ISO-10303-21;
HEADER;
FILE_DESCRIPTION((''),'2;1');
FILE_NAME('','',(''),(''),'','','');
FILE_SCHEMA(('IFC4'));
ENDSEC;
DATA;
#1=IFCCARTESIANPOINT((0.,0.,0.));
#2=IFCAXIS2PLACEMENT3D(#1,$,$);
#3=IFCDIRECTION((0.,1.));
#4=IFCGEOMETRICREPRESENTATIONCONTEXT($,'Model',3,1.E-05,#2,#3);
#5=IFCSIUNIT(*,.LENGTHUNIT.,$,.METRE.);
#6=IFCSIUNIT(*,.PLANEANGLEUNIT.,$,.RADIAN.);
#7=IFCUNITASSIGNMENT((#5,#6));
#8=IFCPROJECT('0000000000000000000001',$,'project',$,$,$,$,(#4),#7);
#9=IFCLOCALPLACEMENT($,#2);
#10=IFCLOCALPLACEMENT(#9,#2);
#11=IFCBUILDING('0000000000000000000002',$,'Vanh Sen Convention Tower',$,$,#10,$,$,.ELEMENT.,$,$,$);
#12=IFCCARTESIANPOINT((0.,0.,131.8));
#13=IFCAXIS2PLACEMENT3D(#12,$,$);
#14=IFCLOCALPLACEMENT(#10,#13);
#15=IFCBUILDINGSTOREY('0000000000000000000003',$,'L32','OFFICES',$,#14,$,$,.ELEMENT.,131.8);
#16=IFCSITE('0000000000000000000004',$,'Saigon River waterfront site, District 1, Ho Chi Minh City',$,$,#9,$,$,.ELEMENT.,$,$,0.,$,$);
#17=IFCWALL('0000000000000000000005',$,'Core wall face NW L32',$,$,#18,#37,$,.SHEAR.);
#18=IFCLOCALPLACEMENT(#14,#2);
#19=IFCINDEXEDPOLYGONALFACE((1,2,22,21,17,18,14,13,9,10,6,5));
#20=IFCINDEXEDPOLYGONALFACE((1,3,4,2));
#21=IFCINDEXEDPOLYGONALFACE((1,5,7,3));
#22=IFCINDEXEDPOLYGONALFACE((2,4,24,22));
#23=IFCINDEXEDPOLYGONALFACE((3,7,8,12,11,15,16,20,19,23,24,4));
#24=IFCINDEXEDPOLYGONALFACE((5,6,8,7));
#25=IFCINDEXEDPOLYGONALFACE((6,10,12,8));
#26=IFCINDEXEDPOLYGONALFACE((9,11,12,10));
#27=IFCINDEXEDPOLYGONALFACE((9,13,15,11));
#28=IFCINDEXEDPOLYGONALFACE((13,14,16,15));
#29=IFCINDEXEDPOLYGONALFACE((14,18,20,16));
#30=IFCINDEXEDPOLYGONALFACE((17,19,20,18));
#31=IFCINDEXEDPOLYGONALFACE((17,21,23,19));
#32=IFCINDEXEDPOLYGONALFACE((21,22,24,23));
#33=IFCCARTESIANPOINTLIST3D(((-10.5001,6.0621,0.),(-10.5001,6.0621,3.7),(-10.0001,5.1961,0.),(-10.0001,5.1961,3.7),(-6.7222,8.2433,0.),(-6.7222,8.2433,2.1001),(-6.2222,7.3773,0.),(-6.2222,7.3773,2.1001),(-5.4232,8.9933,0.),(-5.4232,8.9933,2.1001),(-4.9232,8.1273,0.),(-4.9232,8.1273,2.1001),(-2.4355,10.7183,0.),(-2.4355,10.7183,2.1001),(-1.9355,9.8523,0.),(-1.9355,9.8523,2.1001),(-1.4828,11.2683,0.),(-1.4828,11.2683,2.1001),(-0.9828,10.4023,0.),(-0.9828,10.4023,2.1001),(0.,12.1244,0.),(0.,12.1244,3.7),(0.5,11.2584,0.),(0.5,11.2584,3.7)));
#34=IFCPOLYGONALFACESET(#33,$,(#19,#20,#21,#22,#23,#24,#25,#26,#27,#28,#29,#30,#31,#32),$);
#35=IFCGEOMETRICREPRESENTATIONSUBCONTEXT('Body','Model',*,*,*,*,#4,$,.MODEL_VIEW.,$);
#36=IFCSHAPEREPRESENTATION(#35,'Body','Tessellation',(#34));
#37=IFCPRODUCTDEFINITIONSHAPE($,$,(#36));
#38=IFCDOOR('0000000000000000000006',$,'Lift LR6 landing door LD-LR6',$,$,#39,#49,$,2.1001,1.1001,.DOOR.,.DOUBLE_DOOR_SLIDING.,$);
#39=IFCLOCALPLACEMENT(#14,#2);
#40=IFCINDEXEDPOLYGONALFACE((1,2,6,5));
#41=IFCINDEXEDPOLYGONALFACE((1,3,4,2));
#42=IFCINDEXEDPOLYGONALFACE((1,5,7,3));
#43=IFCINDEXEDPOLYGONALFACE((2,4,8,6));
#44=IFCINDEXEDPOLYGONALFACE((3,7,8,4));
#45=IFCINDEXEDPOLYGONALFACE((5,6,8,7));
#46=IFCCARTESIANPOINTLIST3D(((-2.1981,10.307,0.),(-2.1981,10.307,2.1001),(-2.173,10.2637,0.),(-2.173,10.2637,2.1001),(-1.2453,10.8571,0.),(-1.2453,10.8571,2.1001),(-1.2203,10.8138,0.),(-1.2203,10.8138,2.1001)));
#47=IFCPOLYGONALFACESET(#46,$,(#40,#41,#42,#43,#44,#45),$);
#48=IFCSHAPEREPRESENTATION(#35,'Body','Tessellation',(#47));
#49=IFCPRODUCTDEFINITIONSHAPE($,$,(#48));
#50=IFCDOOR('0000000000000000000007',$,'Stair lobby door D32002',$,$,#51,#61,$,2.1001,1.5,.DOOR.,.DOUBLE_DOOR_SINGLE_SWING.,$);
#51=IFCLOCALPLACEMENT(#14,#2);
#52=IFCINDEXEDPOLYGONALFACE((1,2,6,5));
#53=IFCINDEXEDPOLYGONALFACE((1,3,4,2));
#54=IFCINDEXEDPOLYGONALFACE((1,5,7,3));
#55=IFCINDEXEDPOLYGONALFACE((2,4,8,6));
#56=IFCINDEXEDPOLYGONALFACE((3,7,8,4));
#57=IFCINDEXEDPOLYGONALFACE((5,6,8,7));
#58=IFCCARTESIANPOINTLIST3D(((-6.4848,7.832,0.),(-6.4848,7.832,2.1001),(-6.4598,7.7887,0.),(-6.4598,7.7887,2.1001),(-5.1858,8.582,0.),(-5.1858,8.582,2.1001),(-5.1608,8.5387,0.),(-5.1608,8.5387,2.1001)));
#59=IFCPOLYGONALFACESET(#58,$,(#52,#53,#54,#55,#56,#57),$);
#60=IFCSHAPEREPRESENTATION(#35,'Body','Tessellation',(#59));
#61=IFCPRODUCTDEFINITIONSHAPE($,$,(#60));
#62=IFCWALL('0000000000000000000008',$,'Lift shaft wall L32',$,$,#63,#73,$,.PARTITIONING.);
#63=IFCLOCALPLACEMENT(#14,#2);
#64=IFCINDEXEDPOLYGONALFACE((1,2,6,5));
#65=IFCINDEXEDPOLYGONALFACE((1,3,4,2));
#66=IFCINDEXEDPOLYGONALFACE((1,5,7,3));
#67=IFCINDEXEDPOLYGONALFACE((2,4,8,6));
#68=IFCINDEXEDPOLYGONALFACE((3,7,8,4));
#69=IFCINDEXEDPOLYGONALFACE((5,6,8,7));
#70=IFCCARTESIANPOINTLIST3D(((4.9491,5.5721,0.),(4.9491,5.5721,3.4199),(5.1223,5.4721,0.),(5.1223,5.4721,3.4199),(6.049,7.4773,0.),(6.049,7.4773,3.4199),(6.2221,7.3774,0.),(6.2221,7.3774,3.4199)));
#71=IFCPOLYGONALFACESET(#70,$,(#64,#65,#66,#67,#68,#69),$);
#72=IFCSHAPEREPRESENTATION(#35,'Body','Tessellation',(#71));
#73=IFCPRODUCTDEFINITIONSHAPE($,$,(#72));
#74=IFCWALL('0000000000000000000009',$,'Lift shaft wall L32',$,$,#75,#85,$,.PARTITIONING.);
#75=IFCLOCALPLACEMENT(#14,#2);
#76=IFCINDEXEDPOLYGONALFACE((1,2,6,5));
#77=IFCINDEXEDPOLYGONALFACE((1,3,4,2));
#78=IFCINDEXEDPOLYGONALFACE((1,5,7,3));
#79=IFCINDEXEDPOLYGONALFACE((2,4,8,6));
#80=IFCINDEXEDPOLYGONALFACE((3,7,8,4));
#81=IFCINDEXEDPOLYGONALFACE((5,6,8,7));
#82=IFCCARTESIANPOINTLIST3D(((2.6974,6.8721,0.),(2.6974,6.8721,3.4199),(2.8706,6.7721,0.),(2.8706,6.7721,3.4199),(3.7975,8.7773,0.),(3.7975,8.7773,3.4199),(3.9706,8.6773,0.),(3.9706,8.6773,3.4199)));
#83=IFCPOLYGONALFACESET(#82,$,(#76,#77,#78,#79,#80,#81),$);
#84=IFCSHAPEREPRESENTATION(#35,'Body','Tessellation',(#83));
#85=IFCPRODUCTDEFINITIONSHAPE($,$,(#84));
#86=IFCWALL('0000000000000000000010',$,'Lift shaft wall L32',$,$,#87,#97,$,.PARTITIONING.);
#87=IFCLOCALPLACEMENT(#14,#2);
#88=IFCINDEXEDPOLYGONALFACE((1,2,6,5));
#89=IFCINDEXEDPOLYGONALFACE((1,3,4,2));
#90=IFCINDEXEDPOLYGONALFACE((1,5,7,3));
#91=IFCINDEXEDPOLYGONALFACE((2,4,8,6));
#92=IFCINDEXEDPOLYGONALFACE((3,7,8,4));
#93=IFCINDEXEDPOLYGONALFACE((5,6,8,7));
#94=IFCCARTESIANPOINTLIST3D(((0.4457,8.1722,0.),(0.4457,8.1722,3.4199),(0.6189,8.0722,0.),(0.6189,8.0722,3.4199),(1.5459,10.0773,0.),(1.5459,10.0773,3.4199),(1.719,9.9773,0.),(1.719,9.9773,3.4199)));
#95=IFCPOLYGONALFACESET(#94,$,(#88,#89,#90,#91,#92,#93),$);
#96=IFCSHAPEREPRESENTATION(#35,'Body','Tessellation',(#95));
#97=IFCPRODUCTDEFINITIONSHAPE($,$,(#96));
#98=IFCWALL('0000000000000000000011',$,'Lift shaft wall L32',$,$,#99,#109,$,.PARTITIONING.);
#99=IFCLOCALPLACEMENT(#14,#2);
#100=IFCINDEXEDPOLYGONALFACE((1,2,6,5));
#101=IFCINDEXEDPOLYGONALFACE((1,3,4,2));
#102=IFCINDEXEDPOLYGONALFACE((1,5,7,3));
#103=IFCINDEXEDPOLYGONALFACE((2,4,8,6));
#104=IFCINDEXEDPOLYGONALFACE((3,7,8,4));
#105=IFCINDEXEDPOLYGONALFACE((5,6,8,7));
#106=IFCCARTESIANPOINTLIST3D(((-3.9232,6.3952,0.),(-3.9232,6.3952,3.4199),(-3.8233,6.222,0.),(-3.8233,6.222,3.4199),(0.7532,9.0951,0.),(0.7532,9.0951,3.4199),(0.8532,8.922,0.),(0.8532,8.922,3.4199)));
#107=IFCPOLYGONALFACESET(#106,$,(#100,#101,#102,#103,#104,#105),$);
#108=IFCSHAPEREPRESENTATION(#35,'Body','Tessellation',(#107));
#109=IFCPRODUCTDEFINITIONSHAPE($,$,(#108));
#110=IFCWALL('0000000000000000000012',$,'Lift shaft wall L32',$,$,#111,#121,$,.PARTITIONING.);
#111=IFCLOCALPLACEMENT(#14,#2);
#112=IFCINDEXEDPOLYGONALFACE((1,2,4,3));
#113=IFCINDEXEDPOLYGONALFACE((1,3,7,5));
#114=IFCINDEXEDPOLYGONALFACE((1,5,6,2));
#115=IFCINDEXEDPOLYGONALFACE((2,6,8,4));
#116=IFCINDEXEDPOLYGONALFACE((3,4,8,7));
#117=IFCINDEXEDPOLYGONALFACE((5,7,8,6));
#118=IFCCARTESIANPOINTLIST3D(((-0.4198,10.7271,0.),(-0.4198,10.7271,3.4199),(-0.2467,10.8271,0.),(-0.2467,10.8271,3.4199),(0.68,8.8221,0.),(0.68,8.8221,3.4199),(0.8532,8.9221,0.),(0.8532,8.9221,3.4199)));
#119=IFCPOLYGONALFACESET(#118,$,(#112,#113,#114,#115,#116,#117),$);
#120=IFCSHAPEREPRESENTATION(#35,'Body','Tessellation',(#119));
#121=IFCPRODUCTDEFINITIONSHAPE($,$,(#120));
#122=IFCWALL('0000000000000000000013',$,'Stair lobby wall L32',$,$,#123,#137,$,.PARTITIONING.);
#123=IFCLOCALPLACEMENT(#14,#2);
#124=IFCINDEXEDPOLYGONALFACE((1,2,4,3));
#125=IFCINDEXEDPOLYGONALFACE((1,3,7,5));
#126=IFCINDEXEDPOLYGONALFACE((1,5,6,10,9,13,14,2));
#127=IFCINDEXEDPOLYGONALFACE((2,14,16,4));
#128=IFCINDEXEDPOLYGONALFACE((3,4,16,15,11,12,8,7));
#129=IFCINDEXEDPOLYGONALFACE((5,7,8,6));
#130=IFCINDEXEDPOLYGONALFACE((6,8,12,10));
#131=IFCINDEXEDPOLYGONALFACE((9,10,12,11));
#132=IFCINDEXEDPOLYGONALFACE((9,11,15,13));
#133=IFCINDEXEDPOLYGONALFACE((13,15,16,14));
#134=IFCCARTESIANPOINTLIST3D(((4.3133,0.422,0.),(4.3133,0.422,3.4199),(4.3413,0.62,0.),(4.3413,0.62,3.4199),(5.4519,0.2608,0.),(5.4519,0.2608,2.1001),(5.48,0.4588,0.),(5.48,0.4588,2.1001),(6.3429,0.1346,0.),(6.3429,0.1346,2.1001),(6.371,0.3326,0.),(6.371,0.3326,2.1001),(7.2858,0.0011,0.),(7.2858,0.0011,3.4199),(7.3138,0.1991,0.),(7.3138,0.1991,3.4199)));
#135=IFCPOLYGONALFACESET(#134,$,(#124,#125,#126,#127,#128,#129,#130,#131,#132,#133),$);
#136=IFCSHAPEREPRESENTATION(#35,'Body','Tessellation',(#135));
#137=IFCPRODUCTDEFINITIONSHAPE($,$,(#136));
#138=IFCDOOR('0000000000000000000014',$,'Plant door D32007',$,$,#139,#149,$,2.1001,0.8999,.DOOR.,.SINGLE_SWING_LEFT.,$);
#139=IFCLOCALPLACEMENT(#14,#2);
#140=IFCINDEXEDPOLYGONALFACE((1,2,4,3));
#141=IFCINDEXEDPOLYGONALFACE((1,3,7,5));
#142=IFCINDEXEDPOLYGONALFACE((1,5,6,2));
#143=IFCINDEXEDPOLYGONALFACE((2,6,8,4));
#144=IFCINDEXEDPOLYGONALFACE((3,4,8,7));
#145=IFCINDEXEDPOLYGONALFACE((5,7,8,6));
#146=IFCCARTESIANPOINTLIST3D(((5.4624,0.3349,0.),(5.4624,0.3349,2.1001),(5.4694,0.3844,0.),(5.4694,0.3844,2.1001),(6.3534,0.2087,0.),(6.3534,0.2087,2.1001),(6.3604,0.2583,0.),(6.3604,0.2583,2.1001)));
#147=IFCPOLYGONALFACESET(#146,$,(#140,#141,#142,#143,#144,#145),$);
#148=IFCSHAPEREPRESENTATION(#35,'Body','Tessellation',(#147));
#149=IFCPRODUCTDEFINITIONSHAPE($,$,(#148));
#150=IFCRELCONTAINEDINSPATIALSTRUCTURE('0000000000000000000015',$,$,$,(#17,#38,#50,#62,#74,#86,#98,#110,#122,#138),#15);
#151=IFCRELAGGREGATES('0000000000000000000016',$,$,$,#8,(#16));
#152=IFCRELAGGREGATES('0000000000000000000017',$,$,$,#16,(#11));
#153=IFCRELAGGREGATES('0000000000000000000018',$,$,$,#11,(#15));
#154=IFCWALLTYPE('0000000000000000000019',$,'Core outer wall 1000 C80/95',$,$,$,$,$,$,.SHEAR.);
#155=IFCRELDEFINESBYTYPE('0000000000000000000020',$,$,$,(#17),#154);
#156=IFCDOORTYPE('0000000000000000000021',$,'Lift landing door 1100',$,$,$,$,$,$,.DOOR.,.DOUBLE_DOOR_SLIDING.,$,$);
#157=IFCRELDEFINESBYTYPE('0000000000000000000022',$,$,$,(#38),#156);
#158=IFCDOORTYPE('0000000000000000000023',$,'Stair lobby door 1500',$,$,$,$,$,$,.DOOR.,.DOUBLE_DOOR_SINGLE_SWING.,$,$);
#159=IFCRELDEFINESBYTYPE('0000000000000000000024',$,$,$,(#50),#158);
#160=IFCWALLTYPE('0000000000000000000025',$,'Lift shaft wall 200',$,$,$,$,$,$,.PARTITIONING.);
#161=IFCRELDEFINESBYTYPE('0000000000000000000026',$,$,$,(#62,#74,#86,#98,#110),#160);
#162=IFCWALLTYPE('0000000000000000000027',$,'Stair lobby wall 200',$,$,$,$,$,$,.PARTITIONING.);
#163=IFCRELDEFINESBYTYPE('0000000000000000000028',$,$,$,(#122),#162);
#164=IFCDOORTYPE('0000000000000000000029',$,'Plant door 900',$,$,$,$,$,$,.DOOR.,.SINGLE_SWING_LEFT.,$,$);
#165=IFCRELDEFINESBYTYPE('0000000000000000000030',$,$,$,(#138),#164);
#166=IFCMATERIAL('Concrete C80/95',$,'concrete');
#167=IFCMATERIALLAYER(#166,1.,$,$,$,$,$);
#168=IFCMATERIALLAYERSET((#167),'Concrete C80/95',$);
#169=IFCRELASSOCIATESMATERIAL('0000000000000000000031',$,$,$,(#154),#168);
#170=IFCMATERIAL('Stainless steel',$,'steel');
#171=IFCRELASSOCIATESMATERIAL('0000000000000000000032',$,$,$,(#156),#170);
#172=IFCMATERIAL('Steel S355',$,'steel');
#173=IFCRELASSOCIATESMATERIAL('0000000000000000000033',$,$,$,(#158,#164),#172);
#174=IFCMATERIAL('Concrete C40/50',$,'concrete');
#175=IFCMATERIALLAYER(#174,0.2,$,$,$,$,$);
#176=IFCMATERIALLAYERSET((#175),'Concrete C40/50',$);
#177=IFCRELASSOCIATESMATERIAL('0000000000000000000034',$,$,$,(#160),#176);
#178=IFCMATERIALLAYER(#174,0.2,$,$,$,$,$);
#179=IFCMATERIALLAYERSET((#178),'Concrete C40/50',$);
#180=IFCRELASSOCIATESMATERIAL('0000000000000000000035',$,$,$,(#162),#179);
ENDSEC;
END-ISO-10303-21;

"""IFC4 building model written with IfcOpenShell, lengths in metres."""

from ifc_helpers import new_model, si_unit, direction, frame, frame_2d, origin, place, context, subcontext, project, spatial, rectangle, extrude, material, layer, layer_set, type_object, element, fill, save


model = new_model("IFC4")

# Units and contexts
model_context = context("Model", 3, precision=1e-05, world=origin(), true_north=direction((0.0, 1.0)))
body_context = subcontext(model_context, "Body", "Model", "MODEL_VIEW")
ifc_project = project(units=[si_unit("LENGTHUNIT", "METRE"), si_unit("PLANEANGLEUNIT", "RADIAN")], contexts=[model_context])

# Site, building, storey
site_placement = place(None, origin())
site = spatial("IfcSite", under=ifc_project, at=site_placement, Name="Saigon River waterfront site, District 1, Ho Chi Minh City", CompositionType="ELEMENT", RefElevation=0.0)
building_placement = place(site_placement, origin())
building = spatial("IfcBuilding", under=site, at=building_placement, Name="Vanh Sen Convention Tower", CompositionType="ELEMENT")
storey_placement = place(building_placement, frame((0.0, 0.0, 131.8)))
storey = spatial("IfcBuildingStorey", under=building, at=storey_placement, Name="L32", Description="OFFICES", CompositionType="ELEMENT", Elevation=131.8)

# Wall, openings, doors
ifc_material_1 = material(Name="Concrete C80/95", Category="concrete")
ifc_layer_1 = layer(ifc_material_1, 1.0)
ifc_layer_set_1 = layer_set([ifc_layer_1], Name="Concrete C80/95")
wall_type_1 = type_object("IfcWallType", Name="Core outer wall 1000 C80/95", PredefinedType="SHEAR", material=ifc_layer_set_1)
wall_1_placement = place(storey_placement, frame((0.25, 11.6914, 0.0), z_axis=(0.0, 0.0, 1.0), x_axis=(-0.866023, -0.500005, 0.0)))
wall_1 = element("IfcWall", 1, at=wall_1_placement, inside=storey, type_object=wall_type_1, Name="Core wall face NW L32", PredefinedType="SHEAR", context=body_context, shape_type="SweptSolid", body=[
    extrude(rectangle(XDim=12.1245, YDim=1.0, at=frame_2d((6.0623, 0.0))), origin(), (0.0, 0.0, 1.0), 3.7),
])
opening_1_placement = place(wall_1_placement, frame((6.2622, 0.0, 0.0)))
opening_1 = element("IfcOpeningElement", 2, at=opening_1_placement, cuts=wall_1, PredefinedType="OPENING", context=body_context, shape_type="SweptSolid", body=[
    extrude(rectangle(XDim=1.5, YDim=2.1001, at=frame_2d((0.75, 1.05))), frame((0.0, 0.51, 0.0), z_axis=(0.0, -1.0, 0.0), x_axis=(1.0, 0.0, 0.0)), (0.0, 0.0, 1.0), 1.02),
])
opening_2_placement = place(wall_1_placement, frame((1.7122, 0.0, 0.0)))
opening_2 = element("IfcOpeningElement", 3, at=opening_2_placement, cuts=wall_1, PredefinedType="OPENING", context=body_context, shape_type="SweptSolid", body=[
    extrude(rectangle(XDim=1.1001, YDim=2.1001, at=frame_2d((0.55, 1.05))), frame((0.0, 0.51, 0.0), z_axis=(0.0, -1.0, 0.0), x_axis=(1.0, 0.0, 0.0)), (0.0, 0.0, 1.0), 1.02),
])
ifc_material_2 = material(Name="Stainless steel", Category="steel")
door_type_1 = type_object("IfcDoorType", Name="Lift landing door 1100", OperationType="DOUBLE_DOOR_SLIDING", PredefinedType="DOOR", material=ifc_material_2)
door_1_placement = place(opening_2_placement, origin())
door_1 = element("IfcDoor", 4, at=door_1_placement, inside=storey, type_object=door_type_1, Name="Lift LR6 landing door LD-LR6", OperationType="DOUBLE_DOOR_SLIDING", OverallHeight=2.1001, OverallWidth=1.1001, PredefinedType="DOOR", context=body_context, shape_type="SweptSolid", body=[
    extrude(rectangle(XDim=1.1001, YDim=2.1001, at=frame_2d((0.55, 1.05))), frame((0.0, 0.0249, 0.0), z_axis=(0.0, -1.0, 0.0), x_axis=(1.0, 0.0, 0.0)), (0.0, 0.0, 1.0), 0.05),
])
fill(opening_2, door_1)
ifc_material_3 = material(Name="Steel S355", Category="steel")
door_type_2 = type_object("IfcDoorType", Name="Stair lobby door 1500", OperationType="DOUBLE_DOOR_SINGLE_SWING", PredefinedType="DOOR", material=ifc_material_3)
door_2_placement = place(opening_1_placement, origin())
door_2 = element("IfcDoor", 5, at=door_2_placement, inside=storey, type_object=door_type_2, Name="Stair lobby door D32002", OperationType="DOUBLE_DOOR_SINGLE_SWING", OverallHeight=2.1001, OverallWidth=1.5, PredefinedType="DOOR", context=body_context, shape_type="SweptSolid", body=[
    extrude(rectangle(XDim=1.5, YDim=2.1001, at=frame_2d((0.75, 1.05))), frame((0.0, 0.0249, 0.0), z_axis=(0.0, -1.0, 0.0), x_axis=(1.0, 0.0, 0.0)), (0.0, 0.0, 1.0), 0.05),
])
fill(opening_1, door_2)

# Walls
ifc_material_4 = material(Name="Concrete C40/50", Category="concrete")
ifc_layer_2 = layer(ifc_material_4, 0.2)
ifc_layer_set_2 = layer_set([ifc_layer_2], Name="Concrete C40/50")
wall_type_2 = type_object("IfcWallType", Name="Lift shaft wall 200", PredefinedType="PARTITIONING", material=ifc_layer_set_2)
for number, where, z_axis, x_axis, name in (
    (6, (5.0356, 5.522, 0.0), (0.0, 0.0, 1.0), (0.499947, 0.866056, 0.0), "Lift shaft wall L32"),
    (7, (2.7839, 6.822, 0.0), (0.0, 0.0, 1.0), (0.50003, 0.866008, 0.0), "Lift shaft wall L32"),
    (8, (0.5322, 8.1221, 0.0), (0.0, 0.0, 1.0), (0.500078, 0.86598, 0.0), "Lift shaft wall L32"),
):
    element("IfcWall", number, at=place(storey_placement, frame(where, z_axis=z_axis, x_axis=x_axis)), inside=storey, type_object=wall_type_2, Name=name, PredefinedType="PARTITIONING", context=body_context, shape_type="SweptSolid", body=[
        extrude(rectangle(XDim=2.2, YDim=0.2, at=frame_2d((1.1001, 0.0))), origin(), (0.0, 0.0, 1.0), 3.4199),
    ])
wall_2_placement = place(storey_placement, frame((0.8032, 9.0085, 0.0), z_axis=(0.0, 0.0, 1.0), x_axis=(-0.866028, -0.499995, 0.0)))
element("IfcWall", 9, at=wall_2_placement, inside=storey, type_object=wall_type_2, Name="Lift shaft wall L32", PredefinedType="PARTITIONING", context=body_context, shape_type="SweptSolid", body=[
    extrude(rectangle(XDim=5.3999, YDim=0.2, at=frame_2d((2.7, 0.0))), origin(), (0.0, 0.0, 1.0), 3.4199),
])
wall_3_placement = place(storey_placement, frame((0.7666, 8.8721, 0.0), z_axis=(0.0, 0.0, 1.0), x_axis=(-0.499995, 0.866028, 0.0)))
element("IfcWall", 10, at=wall_3_placement, inside=storey, type_object=wall_type_2, Name="Lift shaft wall L32", PredefinedType="PARTITIONING", context=body_context, shape_type="SweptSolid", body=[
    extrude(rectangle(XDim=2.1997, YDim=0.2, at=frame_2d((1.0999, 0.0))), origin(), (0.0, 0.0, 1.0), 3.4199),
])

# Wall, opening, door
ifc_layer_3 = layer(ifc_material_4, 0.2)
ifc_layer_set_3 = layer_set([ifc_layer_3], Name="Concrete C40/50")
wall_type_3 = type_object("IfcWallType", Name="Stair lobby wall 200", PredefinedType="PARTITIONING", material=ifc_layer_set_3)
wall_4_placement = place(storey_placement, frame((4.3274, 0.521, 0.0), z_axis=(0.0, 0.0, 1.0), x_axis=(0.990124, -0.140192, 0.0)))
wall_4 = element("IfcWall", 11, at=wall_4_placement, inside=storey, type_object=wall_type_3, Name="Stair lobby wall L32", PredefinedType="PARTITIONING", context=body_context, shape_type="SweptSolid", body=[
    extrude(rectangle(XDim=3.0022, YDim=0.2, at=frame_2d((1.501, 0.0))), origin(), (0.0, 0.0, 1.0), 3.4199),
])
opening_3_placement = place(wall_4_placement, frame((1.1499, 0.0, 0.0)))
opening_3 = element("IfcOpeningElement", 12, at=opening_3_placement, cuts=wall_4, PredefinedType="OPENING", context=body_context, shape_type="SweptSolid", body=[
    extrude(rectangle(XDim=0.8999, YDim=2.1001, at=frame_2d((0.45, 1.05))), frame((0.0, 0.1099, 0.0), z_axis=(0.0, -1.0, 0.0), x_axis=(1.0, 0.0, 0.0)), (0.0, 0.0, 1.0), 0.22),
])
door_type_3 = type_object("IfcDoorType", Name="Plant door 900", OperationType="SINGLE_SWING_LEFT", PredefinedType="DOOR", material=ifc_material_3)
door_3_placement = place(opening_3_placement, origin())
door_3 = element("IfcDoor", 13, at=door_3_placement, inside=storey, type_object=door_type_3, Name="Plant door D32007", OperationType="SINGLE_SWING_LEFT", OverallHeight=2.1001, OverallWidth=0.8999, PredefinedType="DOOR", context=body_context, shape_type="SweptSolid", body=[
    extrude(rectangle(XDim=0.8999, YDim=2.1001, at=frame_2d((0.45, 1.05))), frame((0.0, 0.0249, 0.0), z_axis=(0.0, -1.0, 0.0), x_axis=(1.0, 0.0, 0.0)), (0.0, 0.0, 1.0), 0.05),
])
fill(opening_3, door_3)

save(model, "model.ifc")
